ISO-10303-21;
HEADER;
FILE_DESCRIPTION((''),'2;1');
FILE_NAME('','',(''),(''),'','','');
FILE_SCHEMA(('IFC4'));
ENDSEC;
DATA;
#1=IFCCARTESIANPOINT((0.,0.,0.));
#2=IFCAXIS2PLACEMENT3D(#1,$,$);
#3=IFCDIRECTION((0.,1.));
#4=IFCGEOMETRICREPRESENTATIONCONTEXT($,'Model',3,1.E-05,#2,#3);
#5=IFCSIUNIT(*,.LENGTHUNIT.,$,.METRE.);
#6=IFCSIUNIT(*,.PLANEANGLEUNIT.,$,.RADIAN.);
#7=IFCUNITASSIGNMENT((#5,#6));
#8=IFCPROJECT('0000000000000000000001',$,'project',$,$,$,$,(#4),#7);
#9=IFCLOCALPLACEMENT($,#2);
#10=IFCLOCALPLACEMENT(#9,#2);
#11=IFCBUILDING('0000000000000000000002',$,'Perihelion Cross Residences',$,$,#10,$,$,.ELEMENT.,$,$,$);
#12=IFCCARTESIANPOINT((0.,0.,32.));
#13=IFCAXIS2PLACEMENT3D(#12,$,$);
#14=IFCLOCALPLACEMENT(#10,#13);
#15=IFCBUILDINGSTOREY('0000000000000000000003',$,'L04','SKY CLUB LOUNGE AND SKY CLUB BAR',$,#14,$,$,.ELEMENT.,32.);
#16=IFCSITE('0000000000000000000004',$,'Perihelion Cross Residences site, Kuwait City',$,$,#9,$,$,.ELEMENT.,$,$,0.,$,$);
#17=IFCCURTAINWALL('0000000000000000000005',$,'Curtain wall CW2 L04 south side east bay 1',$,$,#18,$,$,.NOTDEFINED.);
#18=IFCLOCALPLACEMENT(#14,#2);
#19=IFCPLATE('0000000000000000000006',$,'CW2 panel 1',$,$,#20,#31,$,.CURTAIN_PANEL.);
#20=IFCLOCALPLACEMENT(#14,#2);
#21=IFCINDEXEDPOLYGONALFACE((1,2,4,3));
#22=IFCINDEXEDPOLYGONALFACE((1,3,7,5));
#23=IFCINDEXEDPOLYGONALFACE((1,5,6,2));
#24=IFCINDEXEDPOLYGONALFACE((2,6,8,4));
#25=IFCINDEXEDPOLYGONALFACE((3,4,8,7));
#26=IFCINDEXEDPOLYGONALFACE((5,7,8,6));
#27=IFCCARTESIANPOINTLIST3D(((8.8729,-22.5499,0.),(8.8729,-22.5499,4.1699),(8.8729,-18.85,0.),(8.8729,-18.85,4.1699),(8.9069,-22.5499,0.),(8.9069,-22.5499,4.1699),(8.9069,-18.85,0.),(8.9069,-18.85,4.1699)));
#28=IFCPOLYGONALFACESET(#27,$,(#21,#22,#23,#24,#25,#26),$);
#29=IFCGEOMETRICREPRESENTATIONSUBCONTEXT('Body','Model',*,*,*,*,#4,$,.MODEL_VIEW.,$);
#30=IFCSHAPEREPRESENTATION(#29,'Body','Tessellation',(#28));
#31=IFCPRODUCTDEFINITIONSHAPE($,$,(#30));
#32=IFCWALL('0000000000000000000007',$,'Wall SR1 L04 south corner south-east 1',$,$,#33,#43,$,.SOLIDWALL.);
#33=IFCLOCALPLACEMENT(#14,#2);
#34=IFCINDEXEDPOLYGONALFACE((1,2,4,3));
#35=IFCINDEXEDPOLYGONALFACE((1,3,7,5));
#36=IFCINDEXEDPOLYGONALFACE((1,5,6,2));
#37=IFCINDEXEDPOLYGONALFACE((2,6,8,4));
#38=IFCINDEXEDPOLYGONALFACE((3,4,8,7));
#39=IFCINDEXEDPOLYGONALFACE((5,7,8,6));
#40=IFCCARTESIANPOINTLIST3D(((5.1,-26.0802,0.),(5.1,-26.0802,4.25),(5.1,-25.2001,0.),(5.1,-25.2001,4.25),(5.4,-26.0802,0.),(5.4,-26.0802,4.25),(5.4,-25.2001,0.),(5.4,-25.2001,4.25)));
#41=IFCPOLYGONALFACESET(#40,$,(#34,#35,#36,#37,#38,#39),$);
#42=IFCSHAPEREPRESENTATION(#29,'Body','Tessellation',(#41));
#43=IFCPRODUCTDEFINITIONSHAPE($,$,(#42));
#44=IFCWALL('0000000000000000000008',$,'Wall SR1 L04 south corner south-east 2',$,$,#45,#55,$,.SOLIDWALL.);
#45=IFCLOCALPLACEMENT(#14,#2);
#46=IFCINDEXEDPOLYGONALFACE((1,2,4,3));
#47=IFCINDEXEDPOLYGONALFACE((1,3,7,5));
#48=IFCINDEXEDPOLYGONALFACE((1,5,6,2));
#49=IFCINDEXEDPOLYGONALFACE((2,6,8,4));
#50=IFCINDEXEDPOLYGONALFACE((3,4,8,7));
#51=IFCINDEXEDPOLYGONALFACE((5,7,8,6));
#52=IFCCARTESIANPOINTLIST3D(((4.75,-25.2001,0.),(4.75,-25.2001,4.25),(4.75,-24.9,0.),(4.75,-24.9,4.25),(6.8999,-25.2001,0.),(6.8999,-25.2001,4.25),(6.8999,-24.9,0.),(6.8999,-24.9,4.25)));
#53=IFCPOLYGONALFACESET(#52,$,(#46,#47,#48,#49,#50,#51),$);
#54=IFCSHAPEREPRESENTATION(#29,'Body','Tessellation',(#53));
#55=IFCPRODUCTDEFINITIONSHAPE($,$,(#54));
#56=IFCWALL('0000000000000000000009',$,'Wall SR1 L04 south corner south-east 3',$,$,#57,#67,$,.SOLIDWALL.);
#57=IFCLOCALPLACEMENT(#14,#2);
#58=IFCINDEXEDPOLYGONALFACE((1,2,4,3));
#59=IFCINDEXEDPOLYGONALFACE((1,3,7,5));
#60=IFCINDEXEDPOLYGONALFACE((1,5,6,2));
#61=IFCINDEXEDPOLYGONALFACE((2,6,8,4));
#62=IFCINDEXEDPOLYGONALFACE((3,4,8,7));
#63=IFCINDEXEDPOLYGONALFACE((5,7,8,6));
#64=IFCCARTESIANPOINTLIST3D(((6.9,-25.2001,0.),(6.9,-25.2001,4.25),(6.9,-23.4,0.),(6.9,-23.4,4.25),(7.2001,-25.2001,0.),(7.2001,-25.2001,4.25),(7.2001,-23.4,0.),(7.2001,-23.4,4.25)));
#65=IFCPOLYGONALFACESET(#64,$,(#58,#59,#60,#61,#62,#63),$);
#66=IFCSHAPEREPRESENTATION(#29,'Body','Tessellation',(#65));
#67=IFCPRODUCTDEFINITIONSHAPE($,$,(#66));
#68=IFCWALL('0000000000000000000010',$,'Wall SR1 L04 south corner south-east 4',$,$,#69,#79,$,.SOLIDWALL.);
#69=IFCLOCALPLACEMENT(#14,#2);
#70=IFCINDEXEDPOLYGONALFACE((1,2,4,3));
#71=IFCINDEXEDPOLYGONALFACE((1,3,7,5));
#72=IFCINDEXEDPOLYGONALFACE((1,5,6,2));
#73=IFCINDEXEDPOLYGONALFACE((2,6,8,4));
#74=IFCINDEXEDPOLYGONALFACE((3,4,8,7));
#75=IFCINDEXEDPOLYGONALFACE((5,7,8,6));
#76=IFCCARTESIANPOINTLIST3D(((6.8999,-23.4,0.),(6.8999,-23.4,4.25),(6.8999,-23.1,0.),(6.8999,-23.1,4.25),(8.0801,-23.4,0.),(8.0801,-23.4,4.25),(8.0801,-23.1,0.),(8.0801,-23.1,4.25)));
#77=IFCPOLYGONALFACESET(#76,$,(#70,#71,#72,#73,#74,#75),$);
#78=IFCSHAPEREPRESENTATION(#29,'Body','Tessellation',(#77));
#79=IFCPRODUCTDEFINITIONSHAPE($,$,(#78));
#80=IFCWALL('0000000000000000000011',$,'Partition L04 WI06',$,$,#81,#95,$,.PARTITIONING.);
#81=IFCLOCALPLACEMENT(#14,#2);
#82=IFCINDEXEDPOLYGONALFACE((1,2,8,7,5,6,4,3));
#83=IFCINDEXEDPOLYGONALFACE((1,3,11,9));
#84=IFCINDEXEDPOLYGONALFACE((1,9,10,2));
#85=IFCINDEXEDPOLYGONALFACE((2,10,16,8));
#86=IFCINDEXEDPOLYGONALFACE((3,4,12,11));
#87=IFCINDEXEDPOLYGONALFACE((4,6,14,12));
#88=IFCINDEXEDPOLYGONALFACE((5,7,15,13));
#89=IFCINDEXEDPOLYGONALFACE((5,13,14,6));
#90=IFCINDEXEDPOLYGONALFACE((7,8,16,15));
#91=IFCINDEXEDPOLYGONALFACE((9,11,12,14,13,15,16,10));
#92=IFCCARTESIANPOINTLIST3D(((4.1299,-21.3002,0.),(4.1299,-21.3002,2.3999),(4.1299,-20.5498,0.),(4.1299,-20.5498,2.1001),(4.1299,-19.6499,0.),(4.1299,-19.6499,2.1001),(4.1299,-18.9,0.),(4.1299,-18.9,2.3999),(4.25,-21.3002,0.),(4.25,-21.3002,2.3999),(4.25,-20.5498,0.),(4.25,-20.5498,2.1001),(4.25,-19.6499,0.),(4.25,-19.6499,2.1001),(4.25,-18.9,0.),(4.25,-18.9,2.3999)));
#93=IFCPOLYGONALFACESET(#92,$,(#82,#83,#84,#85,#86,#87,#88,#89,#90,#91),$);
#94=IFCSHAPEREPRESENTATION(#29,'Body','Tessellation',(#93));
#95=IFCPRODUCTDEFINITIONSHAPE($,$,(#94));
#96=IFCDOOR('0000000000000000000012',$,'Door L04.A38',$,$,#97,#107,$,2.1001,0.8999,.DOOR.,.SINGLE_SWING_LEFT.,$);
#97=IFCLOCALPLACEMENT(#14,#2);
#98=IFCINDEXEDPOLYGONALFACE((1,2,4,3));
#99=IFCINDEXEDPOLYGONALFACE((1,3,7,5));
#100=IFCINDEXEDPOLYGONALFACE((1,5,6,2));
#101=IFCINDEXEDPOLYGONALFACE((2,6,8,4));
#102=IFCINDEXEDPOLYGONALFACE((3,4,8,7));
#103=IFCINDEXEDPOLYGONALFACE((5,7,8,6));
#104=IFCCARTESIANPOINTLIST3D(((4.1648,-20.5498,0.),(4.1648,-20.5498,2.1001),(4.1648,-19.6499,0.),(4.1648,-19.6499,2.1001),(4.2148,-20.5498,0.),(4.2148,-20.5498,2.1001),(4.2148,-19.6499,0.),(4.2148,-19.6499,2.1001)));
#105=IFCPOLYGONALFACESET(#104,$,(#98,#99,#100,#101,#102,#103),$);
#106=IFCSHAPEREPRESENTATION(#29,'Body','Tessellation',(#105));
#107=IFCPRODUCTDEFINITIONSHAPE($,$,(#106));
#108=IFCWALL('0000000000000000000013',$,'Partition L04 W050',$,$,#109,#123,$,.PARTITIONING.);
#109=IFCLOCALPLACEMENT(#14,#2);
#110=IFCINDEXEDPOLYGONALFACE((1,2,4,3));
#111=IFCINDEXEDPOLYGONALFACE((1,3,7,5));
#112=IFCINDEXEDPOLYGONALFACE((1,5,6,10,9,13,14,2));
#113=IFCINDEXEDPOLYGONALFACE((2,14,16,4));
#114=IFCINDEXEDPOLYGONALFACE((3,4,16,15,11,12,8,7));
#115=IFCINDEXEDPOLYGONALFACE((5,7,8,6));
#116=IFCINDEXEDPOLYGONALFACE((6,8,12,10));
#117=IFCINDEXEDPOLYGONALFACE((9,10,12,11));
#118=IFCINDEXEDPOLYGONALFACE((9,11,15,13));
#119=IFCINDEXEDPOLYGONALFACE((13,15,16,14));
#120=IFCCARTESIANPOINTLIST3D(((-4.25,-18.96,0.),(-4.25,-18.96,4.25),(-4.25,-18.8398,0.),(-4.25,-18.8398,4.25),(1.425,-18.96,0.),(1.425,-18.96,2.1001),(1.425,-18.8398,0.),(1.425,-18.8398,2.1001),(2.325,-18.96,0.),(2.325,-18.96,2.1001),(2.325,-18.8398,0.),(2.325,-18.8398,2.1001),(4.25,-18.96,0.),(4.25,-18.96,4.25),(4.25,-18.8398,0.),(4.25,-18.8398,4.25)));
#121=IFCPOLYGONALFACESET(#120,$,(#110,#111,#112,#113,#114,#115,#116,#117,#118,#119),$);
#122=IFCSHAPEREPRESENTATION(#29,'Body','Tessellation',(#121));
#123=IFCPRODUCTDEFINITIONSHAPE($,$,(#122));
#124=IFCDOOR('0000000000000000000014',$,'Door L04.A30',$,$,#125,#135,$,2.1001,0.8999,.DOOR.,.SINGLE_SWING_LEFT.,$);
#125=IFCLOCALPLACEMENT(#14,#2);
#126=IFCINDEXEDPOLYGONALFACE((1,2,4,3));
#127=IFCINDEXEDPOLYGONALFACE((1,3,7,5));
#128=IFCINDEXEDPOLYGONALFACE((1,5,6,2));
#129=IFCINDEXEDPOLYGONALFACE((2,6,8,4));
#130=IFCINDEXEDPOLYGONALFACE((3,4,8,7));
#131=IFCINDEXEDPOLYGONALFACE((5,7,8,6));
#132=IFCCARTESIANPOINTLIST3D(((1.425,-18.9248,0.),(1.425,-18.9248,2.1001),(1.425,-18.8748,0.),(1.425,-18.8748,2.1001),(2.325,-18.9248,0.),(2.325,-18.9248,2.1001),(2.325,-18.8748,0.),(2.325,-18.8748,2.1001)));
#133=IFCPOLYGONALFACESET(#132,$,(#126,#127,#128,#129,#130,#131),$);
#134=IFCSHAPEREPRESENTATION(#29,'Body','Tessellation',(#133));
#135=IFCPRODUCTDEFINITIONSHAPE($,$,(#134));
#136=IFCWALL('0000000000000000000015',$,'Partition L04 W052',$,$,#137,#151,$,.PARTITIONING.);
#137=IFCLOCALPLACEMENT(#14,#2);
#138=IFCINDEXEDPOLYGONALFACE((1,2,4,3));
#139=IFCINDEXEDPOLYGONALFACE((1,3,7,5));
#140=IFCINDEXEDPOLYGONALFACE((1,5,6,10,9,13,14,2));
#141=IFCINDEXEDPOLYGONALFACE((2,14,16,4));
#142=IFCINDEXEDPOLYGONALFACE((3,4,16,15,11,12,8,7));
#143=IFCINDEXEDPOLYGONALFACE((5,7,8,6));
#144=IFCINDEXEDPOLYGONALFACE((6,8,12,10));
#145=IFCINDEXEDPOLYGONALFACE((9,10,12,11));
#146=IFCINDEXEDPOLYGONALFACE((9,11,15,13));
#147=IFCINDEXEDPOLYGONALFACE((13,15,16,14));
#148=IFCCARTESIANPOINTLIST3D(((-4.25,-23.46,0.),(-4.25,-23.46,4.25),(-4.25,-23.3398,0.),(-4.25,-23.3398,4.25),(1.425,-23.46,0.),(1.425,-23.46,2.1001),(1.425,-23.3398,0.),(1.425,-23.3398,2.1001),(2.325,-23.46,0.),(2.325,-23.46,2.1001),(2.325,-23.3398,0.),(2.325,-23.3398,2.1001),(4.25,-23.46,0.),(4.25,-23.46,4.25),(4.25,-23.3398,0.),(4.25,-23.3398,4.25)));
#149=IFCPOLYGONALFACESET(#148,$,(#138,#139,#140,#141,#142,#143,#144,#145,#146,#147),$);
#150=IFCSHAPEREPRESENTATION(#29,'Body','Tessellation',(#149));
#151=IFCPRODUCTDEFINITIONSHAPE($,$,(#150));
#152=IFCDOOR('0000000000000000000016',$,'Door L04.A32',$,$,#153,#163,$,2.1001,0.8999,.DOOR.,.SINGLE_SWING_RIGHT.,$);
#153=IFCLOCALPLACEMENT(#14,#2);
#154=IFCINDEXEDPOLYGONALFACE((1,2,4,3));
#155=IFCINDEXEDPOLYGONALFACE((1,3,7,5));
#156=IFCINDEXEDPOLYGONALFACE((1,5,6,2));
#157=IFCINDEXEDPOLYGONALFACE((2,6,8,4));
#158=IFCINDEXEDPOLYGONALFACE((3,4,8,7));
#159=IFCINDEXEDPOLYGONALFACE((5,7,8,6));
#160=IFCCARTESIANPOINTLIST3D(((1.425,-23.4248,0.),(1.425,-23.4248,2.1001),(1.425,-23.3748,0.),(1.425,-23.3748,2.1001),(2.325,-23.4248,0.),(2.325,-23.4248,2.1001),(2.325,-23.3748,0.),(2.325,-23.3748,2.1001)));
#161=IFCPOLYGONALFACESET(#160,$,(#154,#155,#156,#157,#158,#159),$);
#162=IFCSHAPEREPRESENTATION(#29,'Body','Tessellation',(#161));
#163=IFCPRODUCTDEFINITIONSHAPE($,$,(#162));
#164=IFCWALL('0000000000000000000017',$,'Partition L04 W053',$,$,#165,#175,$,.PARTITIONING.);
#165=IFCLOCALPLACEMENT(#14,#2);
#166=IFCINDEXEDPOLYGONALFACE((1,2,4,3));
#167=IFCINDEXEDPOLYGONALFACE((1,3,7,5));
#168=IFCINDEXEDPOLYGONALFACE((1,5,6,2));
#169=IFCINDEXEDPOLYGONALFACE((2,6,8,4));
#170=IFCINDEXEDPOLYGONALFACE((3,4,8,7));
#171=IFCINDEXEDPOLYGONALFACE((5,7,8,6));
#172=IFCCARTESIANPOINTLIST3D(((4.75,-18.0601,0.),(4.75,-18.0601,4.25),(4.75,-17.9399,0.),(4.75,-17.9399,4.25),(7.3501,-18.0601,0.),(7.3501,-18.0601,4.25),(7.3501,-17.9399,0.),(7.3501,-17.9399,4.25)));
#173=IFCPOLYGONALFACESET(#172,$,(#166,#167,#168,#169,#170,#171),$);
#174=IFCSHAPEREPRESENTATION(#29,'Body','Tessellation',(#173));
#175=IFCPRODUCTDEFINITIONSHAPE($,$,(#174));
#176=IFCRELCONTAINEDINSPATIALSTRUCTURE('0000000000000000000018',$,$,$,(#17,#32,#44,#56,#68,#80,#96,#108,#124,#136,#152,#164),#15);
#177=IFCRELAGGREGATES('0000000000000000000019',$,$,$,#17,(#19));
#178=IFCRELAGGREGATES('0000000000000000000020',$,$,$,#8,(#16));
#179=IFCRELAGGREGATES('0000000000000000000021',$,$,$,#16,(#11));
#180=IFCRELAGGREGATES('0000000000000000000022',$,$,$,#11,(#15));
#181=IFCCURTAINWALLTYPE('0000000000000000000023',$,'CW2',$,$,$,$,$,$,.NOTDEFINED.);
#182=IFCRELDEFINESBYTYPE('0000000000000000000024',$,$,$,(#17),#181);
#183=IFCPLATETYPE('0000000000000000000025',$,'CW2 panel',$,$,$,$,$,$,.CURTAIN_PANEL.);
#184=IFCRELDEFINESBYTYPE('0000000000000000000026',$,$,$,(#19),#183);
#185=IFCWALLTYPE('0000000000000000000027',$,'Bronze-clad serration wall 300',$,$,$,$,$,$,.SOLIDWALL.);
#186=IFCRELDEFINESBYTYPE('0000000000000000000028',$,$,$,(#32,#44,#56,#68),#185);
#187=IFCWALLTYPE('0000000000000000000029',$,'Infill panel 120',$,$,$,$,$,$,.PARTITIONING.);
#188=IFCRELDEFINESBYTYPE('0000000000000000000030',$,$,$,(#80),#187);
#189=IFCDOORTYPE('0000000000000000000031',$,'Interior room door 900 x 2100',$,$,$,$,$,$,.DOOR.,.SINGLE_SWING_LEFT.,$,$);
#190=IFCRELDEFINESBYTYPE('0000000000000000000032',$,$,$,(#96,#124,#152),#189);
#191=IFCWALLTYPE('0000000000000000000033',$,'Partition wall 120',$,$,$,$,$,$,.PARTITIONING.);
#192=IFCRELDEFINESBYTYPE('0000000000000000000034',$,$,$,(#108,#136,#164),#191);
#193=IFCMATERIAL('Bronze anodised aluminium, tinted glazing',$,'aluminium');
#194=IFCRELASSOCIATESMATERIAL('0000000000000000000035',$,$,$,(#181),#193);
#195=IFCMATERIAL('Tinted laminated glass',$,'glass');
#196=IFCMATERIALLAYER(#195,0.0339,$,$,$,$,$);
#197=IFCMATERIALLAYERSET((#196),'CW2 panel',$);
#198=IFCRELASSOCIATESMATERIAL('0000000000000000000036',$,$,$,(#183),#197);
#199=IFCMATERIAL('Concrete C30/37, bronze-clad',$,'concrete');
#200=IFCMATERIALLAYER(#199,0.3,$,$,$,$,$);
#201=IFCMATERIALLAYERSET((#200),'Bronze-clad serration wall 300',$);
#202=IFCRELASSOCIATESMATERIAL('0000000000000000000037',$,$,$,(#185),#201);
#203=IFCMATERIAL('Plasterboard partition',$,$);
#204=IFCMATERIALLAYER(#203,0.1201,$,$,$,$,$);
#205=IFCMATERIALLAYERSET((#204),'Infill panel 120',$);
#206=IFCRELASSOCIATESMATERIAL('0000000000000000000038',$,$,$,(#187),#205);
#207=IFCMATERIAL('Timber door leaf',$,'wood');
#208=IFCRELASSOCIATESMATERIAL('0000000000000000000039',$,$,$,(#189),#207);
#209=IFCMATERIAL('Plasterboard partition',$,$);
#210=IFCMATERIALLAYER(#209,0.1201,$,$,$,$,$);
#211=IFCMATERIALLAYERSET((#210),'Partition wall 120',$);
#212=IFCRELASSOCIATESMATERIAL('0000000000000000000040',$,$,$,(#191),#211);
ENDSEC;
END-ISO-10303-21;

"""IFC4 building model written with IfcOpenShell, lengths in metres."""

from ifc_helpers import new_model, si_unit, direction, frame, frame_2d, origin, origin_2d, place, context, subcontext, project, spatial, rectangle, extrude, material, layer, layer_set, type_object, element, fill, aggregate, save


model = new_model("IFC4")

# Units and contexts
model_context = context("Model", 3, precision=1e-05, world=origin(), true_north=direction((0.0, 1.0)))
body_context = subcontext(model_context, "Body", "Model", "MODEL_VIEW")
ifc_project = project(units=[si_unit("LENGTHUNIT", "METRE"), si_unit("PLANEANGLEUNIT", "RADIAN")], contexts=[model_context])

# Site, building, storey
site_placement = place(None, origin())
site = spatial("IfcSite", under=ifc_project, at=site_placement, Name="Perihelion Cross Residences site, Kuwait City", CompositionType="ELEMENT", RefElevation=0.0)
building_placement = place(site_placement, origin())
building = spatial("IfcBuilding", under=site, at=building_placement, Name="Perihelion Cross Residences", CompositionType="ELEMENT")
storey_placement = place(building_placement, frame((0.0, 0.0, 32.0)))
storey = spatial("IfcBuildingStorey", under=building, at=storey_placement, Name="L04", Description="SKY CLUB LOUNGE AND SKY CLUB BAR", CompositionType="ELEMENT", Elevation=32.0)

# Curtain wall
ifc_material_1 = material(Name="Bronze anodised aluminium, tinted glazing", Category="aluminium")
curtain_wall_type = type_object("IfcCurtainWallType", Name="CW2", PredefinedType="NOTDEFINED", material=ifc_material_1)
curtain_wall_1_placement = place(storey_placement, origin())
curtain_wall_1 = element("IfcCurtainWall", 1, at=curtain_wall_1_placement, inside=storey, type_object=curtain_wall_type, Name="Curtain wall CW2 L04 south side east bay 1", PredefinedType="NOTDEFINED")

# Plate
ifc_material_2 = material(Name="Tinted laminated glass", Category="glass")
ifc_layer_1 = layer(ifc_material_2, 0.0339)
ifc_layer_set_1 = layer_set([ifc_layer_1], Name="CW2 panel")
plate_type = type_object("IfcPlateType", Name="CW2 panel", PredefinedType="CURTAIN_PANEL", material=ifc_layer_set_1)
plate_1_placement = place(storey_placement, frame((8.8899, -20.7, 0.0), z_axis=(0.0, 0.0, 1.0), x_axis=(0.0, 1.0, 0.0)))
plate_1 = element("IfcPlate", 2, at=plate_1_placement, type_object=plate_type, Name="CW2 panel 1", PredefinedType="CURTAIN_PANEL", context=body_context, shape_type="SweptSolid", body=[
    extrude(rectangle(XDim=3.7, YDim=0.0339, at=origin_2d()), origin(), (0.0, 0.0, 1.0), 4.1699),
])
aggregate(curtain_wall_1, [plate_1])

# Walls
ifc_material_3 = material(Name="Concrete C30/37, bronze-clad", Category="concrete")
ifc_layer_2 = layer(ifc_material_3, 0.3)
ifc_layer_set_2 = layer_set([ifc_layer_2], Name="Bronze-clad serration wall 300")
wall_type_1 = type_object("IfcWallType", Name="Bronze-clad serration wall 300", PredefinedType="SOLIDWALL", material=ifc_layer_set_2)
wall_1_placement = place(storey_placement, frame((5.25, -26.0801, 0.0), z_axis=(0.0, 0.0, 1.0), x_axis=(0.0, 1.0, 0.0)))
element("IfcWall", 3, at=wall_1_placement, inside=storey, type_object=wall_type_1, Name="Wall SR1 L04 south corner south-east 1", PredefinedType="SOLIDWALL", context=body_context, shape_type="SweptSolid", body=[
    extrude(rectangle(XDim=0.8801, YDim=0.3, at=frame_2d((0.4399, 0.0))), origin(), (0.0, 0.0, 1.0), 4.25),
])
wall_2_placement = place(storey_placement, frame((4.75, -25.05, 0.0), z_axis=(0.0, 0.0, 1.0), x_axis=(1.0, 0.0, 0.0)))
element("IfcWall", 4, at=wall_2_placement, inside=storey, type_object=wall_type_1, Name="Wall SR1 L04 south corner south-east 2", PredefinedType="SOLIDWALL", context=body_context, shape_type="SweptSolid", body=[
    extrude(rectangle(XDim=2.1499, YDim=0.3, at=frame_2d((1.075, 0.0))), origin(), (0.0, 0.0, 1.0), 4.25),
])
wall_3_placement = place(storey_placement, frame((7.05, -25.2, 0.0), z_axis=(0.0, 0.0, 1.0), x_axis=(0.0, 1.0, 0.0)))
element("IfcWall", 5, at=wall_3_placement, inside=storey, type_object=wall_type_1, Name="Wall SR1 L04 south corner south-east 3", PredefinedType="SOLIDWALL", context=body_context, shape_type="SweptSolid", body=[
    extrude(rectangle(XDim=1.8, YDim=0.3, at=frame_2d((0.8999, 0.0))), origin(), (0.0, 0.0, 1.0), 4.25),
])
wall_4_placement = place(storey_placement, frame((6.8999, -23.25, 0.0), z_axis=(0.0, 0.0, 1.0), x_axis=(1.0, 0.0, 0.0)))
element("IfcWall", 6, at=wall_4_placement, inside=storey, type_object=wall_type_1, Name="Wall SR1 L04 south corner south-east 4", PredefinedType="SOLIDWALL", context=body_context, shape_type="SweptSolid", body=[
    extrude(rectangle(XDim=1.1802, YDim=0.3, at=frame_2d((0.5901, 0.0))), origin(), (0.0, 0.0, 1.0), 4.25),
])

# Walls, openings, doors
ifc_material_4 = material(Name="Plasterboard partition")
ifc_layer_3 = layer(ifc_material_4, 0.1201)
ifc_layer_set_3 = layer_set([ifc_layer_3], Name="Infill panel 120")
wall_type_2 = type_object("IfcWallType", Name="Infill panel 120", PredefinedType="PARTITIONING", material=ifc_layer_set_3)
wall_5_placement = place(storey_placement, frame((4.1899, -18.8999, 0.0), z_axis=(0.0, 0.0, 1.0), x_axis=(0.0, -1.0, 0.0)))
wall_5 = element("IfcWall", 7, at=wall_5_placement, inside=storey, type_object=wall_type_2, Name="Partition L04 WI06", PredefinedType="PARTITIONING", context=body_context, shape_type="SweptSolid", body=[
    extrude(rectangle(XDim=2.4001, YDim=0.1201, at=frame_2d((1.2002, 0.0))), origin(), (0.0, 0.0, 1.0), 2.3999),
])
opening_1_placement = place(wall_5_placement, frame((0.75, 0.0, 0.0)))
opening_1 = element("IfcOpeningElement", 8, at=opening_1_placement, cuts=wall_5, PredefinedType="OPENING", context=body_context, shape_type="SweptSolid", body=[
    extrude(rectangle(XDim=0.8999, YDim=2.1001, at=frame_2d((0.45, 1.05))), frame((0.0, 0.0701, 0.0), z_axis=(0.0, -1.0, 0.0), x_axis=(1.0, 0.0, 0.0)), (0.0, 0.0, 1.0), 0.1401),
])
ifc_material_5 = material(Name="Timber door leaf", Category="wood")
door_type = type_object("IfcDoorType", Name="Interior room door 900 x 2100", OperationType="SINGLE_SWING_LEFT", PredefinedType="DOOR", material=ifc_material_5)
door_1_placement = place(opening_1_placement, origin())
door_1 = element("IfcDoor", 9, at=door_1_placement, inside=storey, type_object=door_type, Name="Door L04.A38", OperationType="SINGLE_SWING_LEFT", OverallHeight=2.1001, OverallWidth=0.8999, PredefinedType="DOOR", context=body_context, shape_type="SweptSolid", body=[
    extrude(rectangle(XDim=0.8999, YDim=2.1001, at=frame_2d((0.45, 1.05))), frame((0.0, 0.0249, 0.0), z_axis=(0.0, -1.0, 0.0), x_axis=(1.0, 0.0, 0.0)), (0.0, 0.0, 1.0), 0.05),
])
fill(opening_1, door_1)
ifc_material_6 = material(Name="Plasterboard partition")
ifc_layer_4 = layer(ifc_material_6, 0.1201)
ifc_layer_set_4 = layer_set([ifc_layer_4], Name="Partition wall 120")
wall_type_3 = type_object("IfcWallType", Name="Partition wall 120", PredefinedType="PARTITIONING", material=ifc_layer_set_4)
wall_6_placement = place(storey_placement, frame((4.25, -18.8999, 0.0), z_axis=(0.0, 0.0, 1.0), x_axis=(-1.0, 0.0, 0.0)))
wall_6 = element("IfcWall", 10, at=wall_6_placement, inside=storey, type_object=wall_type_3, Name="Partition L04 W050", PredefinedType="PARTITIONING", context=body_context, shape_type="SweptSolid", body=[
    extrude(rectangle(XDim=8.5, YDim=0.1201, at=frame_2d((4.25, 0.0))), origin(), (0.0, 0.0, 1.0), 4.25),
])
opening_2_placement = place(wall_6_placement, frame((1.925, 0.0, 0.0)))
opening_2 = element("IfcOpeningElement", 11, at=opening_2_placement, cuts=wall_6, PredefinedType="OPENING", context=body_context, shape_type="SweptSolid", body=[
    extrude(rectangle(XDim=0.8999, YDim=2.1001, at=frame_2d((0.45, 1.05))), frame((0.0, 0.0701, 0.0), z_axis=(0.0, -1.0, 0.0), x_axis=(1.0, 0.0, 0.0)), (0.0, 0.0, 1.0), 0.1401),
])
door_2_placement = place(opening_2_placement, origin())
door_2 = element("IfcDoor", 12, at=door_2_placement, inside=storey, type_object=door_type, Name="Door L04.A30", OperationType="SINGLE_SWING_LEFT", OverallHeight=2.1001, OverallWidth=0.8999, PredefinedType="DOOR", context=body_context, shape_type="SweptSolid", body=[
    extrude(rectangle(XDim=0.8999, YDim=2.1001, at=frame_2d((0.45, 1.05))), frame((0.0, 0.0249, 0.0), z_axis=(0.0, -1.0, 0.0), x_axis=(1.0, 0.0, 0.0)), (0.0, 0.0, 1.0), 0.05),
])
fill(opening_2, door_2)
wall_7_placement = place(storey_placement, frame((4.25, -23.3999, 0.0), z_axis=(0.0, 0.0, 1.0), x_axis=(-1.0, 0.0, 0.0)))
wall_7 = element("IfcWall", 13, at=wall_7_placement, inside=storey, type_object=wall_type_3, Name="Partition L04 W052", PredefinedType="PARTITIONING", context=body_context, shape_type="SweptSolid", body=[
    extrude(rectangle(XDim=8.5, YDim=0.1201, at=frame_2d((4.25, 0.0))), origin(), (0.0, 0.0, 1.0), 4.25),
])
opening_3_placement = place(wall_7_placement, frame((1.925, 0.0, 0.0)))
opening_3 = element("IfcOpeningElement", 14, at=opening_3_placement, cuts=wall_7, PredefinedType="OPENING", context=body_context, shape_type="SweptSolid", body=[
    extrude(rectangle(XDim=0.8999, YDim=2.1001, at=frame_2d((0.45, 1.05))), frame((0.0, 0.0701, 0.0), z_axis=(0.0, -1.0, 0.0), x_axis=(1.0, 0.0, 0.0)), (0.0, 0.0, 1.0), 0.1401),
])
door_3_placement = place(opening_3_placement, origin())
door_3 = element("IfcDoor", 15, at=door_3_placement, inside=storey, type_object=door_type, Name="Door L04.A32", OperationType="SINGLE_SWING_RIGHT", OverallHeight=2.1001, OverallWidth=0.8999, PredefinedType="DOOR", context=body_context, shape_type="SweptSolid", body=[
    extrude(rectangle(XDim=0.8999, YDim=2.1001, at=frame_2d((0.45, 1.05))), frame((0.0, 0.0249, 0.0), z_axis=(0.0, -1.0, 0.0), x_axis=(1.0, 0.0, 0.0)), (0.0, 0.0, 1.0), 0.05),
])
fill(opening_3, door_3)

# Wall
wall_8_placement = place(storey_placement, frame((7.3501, -18.0, 0.0), z_axis=(0.0, 0.0, 1.0), x_axis=(-1.0, 0.0, 0.0)))
element("IfcWall", 16, at=wall_8_placement, inside=storey, type_object=wall_type_3, Name="Partition L04 W053", PredefinedType="PARTITIONING", context=body_context, shape_type="SweptSolid", body=[
    extrude(rectangle(XDim=2.6001, YDim=0.1201, at=frame_2d((1.3, 0.0))), origin(), (0.0, 0.0, 1.0), 4.25),
])

save(model, "model.ifc")
